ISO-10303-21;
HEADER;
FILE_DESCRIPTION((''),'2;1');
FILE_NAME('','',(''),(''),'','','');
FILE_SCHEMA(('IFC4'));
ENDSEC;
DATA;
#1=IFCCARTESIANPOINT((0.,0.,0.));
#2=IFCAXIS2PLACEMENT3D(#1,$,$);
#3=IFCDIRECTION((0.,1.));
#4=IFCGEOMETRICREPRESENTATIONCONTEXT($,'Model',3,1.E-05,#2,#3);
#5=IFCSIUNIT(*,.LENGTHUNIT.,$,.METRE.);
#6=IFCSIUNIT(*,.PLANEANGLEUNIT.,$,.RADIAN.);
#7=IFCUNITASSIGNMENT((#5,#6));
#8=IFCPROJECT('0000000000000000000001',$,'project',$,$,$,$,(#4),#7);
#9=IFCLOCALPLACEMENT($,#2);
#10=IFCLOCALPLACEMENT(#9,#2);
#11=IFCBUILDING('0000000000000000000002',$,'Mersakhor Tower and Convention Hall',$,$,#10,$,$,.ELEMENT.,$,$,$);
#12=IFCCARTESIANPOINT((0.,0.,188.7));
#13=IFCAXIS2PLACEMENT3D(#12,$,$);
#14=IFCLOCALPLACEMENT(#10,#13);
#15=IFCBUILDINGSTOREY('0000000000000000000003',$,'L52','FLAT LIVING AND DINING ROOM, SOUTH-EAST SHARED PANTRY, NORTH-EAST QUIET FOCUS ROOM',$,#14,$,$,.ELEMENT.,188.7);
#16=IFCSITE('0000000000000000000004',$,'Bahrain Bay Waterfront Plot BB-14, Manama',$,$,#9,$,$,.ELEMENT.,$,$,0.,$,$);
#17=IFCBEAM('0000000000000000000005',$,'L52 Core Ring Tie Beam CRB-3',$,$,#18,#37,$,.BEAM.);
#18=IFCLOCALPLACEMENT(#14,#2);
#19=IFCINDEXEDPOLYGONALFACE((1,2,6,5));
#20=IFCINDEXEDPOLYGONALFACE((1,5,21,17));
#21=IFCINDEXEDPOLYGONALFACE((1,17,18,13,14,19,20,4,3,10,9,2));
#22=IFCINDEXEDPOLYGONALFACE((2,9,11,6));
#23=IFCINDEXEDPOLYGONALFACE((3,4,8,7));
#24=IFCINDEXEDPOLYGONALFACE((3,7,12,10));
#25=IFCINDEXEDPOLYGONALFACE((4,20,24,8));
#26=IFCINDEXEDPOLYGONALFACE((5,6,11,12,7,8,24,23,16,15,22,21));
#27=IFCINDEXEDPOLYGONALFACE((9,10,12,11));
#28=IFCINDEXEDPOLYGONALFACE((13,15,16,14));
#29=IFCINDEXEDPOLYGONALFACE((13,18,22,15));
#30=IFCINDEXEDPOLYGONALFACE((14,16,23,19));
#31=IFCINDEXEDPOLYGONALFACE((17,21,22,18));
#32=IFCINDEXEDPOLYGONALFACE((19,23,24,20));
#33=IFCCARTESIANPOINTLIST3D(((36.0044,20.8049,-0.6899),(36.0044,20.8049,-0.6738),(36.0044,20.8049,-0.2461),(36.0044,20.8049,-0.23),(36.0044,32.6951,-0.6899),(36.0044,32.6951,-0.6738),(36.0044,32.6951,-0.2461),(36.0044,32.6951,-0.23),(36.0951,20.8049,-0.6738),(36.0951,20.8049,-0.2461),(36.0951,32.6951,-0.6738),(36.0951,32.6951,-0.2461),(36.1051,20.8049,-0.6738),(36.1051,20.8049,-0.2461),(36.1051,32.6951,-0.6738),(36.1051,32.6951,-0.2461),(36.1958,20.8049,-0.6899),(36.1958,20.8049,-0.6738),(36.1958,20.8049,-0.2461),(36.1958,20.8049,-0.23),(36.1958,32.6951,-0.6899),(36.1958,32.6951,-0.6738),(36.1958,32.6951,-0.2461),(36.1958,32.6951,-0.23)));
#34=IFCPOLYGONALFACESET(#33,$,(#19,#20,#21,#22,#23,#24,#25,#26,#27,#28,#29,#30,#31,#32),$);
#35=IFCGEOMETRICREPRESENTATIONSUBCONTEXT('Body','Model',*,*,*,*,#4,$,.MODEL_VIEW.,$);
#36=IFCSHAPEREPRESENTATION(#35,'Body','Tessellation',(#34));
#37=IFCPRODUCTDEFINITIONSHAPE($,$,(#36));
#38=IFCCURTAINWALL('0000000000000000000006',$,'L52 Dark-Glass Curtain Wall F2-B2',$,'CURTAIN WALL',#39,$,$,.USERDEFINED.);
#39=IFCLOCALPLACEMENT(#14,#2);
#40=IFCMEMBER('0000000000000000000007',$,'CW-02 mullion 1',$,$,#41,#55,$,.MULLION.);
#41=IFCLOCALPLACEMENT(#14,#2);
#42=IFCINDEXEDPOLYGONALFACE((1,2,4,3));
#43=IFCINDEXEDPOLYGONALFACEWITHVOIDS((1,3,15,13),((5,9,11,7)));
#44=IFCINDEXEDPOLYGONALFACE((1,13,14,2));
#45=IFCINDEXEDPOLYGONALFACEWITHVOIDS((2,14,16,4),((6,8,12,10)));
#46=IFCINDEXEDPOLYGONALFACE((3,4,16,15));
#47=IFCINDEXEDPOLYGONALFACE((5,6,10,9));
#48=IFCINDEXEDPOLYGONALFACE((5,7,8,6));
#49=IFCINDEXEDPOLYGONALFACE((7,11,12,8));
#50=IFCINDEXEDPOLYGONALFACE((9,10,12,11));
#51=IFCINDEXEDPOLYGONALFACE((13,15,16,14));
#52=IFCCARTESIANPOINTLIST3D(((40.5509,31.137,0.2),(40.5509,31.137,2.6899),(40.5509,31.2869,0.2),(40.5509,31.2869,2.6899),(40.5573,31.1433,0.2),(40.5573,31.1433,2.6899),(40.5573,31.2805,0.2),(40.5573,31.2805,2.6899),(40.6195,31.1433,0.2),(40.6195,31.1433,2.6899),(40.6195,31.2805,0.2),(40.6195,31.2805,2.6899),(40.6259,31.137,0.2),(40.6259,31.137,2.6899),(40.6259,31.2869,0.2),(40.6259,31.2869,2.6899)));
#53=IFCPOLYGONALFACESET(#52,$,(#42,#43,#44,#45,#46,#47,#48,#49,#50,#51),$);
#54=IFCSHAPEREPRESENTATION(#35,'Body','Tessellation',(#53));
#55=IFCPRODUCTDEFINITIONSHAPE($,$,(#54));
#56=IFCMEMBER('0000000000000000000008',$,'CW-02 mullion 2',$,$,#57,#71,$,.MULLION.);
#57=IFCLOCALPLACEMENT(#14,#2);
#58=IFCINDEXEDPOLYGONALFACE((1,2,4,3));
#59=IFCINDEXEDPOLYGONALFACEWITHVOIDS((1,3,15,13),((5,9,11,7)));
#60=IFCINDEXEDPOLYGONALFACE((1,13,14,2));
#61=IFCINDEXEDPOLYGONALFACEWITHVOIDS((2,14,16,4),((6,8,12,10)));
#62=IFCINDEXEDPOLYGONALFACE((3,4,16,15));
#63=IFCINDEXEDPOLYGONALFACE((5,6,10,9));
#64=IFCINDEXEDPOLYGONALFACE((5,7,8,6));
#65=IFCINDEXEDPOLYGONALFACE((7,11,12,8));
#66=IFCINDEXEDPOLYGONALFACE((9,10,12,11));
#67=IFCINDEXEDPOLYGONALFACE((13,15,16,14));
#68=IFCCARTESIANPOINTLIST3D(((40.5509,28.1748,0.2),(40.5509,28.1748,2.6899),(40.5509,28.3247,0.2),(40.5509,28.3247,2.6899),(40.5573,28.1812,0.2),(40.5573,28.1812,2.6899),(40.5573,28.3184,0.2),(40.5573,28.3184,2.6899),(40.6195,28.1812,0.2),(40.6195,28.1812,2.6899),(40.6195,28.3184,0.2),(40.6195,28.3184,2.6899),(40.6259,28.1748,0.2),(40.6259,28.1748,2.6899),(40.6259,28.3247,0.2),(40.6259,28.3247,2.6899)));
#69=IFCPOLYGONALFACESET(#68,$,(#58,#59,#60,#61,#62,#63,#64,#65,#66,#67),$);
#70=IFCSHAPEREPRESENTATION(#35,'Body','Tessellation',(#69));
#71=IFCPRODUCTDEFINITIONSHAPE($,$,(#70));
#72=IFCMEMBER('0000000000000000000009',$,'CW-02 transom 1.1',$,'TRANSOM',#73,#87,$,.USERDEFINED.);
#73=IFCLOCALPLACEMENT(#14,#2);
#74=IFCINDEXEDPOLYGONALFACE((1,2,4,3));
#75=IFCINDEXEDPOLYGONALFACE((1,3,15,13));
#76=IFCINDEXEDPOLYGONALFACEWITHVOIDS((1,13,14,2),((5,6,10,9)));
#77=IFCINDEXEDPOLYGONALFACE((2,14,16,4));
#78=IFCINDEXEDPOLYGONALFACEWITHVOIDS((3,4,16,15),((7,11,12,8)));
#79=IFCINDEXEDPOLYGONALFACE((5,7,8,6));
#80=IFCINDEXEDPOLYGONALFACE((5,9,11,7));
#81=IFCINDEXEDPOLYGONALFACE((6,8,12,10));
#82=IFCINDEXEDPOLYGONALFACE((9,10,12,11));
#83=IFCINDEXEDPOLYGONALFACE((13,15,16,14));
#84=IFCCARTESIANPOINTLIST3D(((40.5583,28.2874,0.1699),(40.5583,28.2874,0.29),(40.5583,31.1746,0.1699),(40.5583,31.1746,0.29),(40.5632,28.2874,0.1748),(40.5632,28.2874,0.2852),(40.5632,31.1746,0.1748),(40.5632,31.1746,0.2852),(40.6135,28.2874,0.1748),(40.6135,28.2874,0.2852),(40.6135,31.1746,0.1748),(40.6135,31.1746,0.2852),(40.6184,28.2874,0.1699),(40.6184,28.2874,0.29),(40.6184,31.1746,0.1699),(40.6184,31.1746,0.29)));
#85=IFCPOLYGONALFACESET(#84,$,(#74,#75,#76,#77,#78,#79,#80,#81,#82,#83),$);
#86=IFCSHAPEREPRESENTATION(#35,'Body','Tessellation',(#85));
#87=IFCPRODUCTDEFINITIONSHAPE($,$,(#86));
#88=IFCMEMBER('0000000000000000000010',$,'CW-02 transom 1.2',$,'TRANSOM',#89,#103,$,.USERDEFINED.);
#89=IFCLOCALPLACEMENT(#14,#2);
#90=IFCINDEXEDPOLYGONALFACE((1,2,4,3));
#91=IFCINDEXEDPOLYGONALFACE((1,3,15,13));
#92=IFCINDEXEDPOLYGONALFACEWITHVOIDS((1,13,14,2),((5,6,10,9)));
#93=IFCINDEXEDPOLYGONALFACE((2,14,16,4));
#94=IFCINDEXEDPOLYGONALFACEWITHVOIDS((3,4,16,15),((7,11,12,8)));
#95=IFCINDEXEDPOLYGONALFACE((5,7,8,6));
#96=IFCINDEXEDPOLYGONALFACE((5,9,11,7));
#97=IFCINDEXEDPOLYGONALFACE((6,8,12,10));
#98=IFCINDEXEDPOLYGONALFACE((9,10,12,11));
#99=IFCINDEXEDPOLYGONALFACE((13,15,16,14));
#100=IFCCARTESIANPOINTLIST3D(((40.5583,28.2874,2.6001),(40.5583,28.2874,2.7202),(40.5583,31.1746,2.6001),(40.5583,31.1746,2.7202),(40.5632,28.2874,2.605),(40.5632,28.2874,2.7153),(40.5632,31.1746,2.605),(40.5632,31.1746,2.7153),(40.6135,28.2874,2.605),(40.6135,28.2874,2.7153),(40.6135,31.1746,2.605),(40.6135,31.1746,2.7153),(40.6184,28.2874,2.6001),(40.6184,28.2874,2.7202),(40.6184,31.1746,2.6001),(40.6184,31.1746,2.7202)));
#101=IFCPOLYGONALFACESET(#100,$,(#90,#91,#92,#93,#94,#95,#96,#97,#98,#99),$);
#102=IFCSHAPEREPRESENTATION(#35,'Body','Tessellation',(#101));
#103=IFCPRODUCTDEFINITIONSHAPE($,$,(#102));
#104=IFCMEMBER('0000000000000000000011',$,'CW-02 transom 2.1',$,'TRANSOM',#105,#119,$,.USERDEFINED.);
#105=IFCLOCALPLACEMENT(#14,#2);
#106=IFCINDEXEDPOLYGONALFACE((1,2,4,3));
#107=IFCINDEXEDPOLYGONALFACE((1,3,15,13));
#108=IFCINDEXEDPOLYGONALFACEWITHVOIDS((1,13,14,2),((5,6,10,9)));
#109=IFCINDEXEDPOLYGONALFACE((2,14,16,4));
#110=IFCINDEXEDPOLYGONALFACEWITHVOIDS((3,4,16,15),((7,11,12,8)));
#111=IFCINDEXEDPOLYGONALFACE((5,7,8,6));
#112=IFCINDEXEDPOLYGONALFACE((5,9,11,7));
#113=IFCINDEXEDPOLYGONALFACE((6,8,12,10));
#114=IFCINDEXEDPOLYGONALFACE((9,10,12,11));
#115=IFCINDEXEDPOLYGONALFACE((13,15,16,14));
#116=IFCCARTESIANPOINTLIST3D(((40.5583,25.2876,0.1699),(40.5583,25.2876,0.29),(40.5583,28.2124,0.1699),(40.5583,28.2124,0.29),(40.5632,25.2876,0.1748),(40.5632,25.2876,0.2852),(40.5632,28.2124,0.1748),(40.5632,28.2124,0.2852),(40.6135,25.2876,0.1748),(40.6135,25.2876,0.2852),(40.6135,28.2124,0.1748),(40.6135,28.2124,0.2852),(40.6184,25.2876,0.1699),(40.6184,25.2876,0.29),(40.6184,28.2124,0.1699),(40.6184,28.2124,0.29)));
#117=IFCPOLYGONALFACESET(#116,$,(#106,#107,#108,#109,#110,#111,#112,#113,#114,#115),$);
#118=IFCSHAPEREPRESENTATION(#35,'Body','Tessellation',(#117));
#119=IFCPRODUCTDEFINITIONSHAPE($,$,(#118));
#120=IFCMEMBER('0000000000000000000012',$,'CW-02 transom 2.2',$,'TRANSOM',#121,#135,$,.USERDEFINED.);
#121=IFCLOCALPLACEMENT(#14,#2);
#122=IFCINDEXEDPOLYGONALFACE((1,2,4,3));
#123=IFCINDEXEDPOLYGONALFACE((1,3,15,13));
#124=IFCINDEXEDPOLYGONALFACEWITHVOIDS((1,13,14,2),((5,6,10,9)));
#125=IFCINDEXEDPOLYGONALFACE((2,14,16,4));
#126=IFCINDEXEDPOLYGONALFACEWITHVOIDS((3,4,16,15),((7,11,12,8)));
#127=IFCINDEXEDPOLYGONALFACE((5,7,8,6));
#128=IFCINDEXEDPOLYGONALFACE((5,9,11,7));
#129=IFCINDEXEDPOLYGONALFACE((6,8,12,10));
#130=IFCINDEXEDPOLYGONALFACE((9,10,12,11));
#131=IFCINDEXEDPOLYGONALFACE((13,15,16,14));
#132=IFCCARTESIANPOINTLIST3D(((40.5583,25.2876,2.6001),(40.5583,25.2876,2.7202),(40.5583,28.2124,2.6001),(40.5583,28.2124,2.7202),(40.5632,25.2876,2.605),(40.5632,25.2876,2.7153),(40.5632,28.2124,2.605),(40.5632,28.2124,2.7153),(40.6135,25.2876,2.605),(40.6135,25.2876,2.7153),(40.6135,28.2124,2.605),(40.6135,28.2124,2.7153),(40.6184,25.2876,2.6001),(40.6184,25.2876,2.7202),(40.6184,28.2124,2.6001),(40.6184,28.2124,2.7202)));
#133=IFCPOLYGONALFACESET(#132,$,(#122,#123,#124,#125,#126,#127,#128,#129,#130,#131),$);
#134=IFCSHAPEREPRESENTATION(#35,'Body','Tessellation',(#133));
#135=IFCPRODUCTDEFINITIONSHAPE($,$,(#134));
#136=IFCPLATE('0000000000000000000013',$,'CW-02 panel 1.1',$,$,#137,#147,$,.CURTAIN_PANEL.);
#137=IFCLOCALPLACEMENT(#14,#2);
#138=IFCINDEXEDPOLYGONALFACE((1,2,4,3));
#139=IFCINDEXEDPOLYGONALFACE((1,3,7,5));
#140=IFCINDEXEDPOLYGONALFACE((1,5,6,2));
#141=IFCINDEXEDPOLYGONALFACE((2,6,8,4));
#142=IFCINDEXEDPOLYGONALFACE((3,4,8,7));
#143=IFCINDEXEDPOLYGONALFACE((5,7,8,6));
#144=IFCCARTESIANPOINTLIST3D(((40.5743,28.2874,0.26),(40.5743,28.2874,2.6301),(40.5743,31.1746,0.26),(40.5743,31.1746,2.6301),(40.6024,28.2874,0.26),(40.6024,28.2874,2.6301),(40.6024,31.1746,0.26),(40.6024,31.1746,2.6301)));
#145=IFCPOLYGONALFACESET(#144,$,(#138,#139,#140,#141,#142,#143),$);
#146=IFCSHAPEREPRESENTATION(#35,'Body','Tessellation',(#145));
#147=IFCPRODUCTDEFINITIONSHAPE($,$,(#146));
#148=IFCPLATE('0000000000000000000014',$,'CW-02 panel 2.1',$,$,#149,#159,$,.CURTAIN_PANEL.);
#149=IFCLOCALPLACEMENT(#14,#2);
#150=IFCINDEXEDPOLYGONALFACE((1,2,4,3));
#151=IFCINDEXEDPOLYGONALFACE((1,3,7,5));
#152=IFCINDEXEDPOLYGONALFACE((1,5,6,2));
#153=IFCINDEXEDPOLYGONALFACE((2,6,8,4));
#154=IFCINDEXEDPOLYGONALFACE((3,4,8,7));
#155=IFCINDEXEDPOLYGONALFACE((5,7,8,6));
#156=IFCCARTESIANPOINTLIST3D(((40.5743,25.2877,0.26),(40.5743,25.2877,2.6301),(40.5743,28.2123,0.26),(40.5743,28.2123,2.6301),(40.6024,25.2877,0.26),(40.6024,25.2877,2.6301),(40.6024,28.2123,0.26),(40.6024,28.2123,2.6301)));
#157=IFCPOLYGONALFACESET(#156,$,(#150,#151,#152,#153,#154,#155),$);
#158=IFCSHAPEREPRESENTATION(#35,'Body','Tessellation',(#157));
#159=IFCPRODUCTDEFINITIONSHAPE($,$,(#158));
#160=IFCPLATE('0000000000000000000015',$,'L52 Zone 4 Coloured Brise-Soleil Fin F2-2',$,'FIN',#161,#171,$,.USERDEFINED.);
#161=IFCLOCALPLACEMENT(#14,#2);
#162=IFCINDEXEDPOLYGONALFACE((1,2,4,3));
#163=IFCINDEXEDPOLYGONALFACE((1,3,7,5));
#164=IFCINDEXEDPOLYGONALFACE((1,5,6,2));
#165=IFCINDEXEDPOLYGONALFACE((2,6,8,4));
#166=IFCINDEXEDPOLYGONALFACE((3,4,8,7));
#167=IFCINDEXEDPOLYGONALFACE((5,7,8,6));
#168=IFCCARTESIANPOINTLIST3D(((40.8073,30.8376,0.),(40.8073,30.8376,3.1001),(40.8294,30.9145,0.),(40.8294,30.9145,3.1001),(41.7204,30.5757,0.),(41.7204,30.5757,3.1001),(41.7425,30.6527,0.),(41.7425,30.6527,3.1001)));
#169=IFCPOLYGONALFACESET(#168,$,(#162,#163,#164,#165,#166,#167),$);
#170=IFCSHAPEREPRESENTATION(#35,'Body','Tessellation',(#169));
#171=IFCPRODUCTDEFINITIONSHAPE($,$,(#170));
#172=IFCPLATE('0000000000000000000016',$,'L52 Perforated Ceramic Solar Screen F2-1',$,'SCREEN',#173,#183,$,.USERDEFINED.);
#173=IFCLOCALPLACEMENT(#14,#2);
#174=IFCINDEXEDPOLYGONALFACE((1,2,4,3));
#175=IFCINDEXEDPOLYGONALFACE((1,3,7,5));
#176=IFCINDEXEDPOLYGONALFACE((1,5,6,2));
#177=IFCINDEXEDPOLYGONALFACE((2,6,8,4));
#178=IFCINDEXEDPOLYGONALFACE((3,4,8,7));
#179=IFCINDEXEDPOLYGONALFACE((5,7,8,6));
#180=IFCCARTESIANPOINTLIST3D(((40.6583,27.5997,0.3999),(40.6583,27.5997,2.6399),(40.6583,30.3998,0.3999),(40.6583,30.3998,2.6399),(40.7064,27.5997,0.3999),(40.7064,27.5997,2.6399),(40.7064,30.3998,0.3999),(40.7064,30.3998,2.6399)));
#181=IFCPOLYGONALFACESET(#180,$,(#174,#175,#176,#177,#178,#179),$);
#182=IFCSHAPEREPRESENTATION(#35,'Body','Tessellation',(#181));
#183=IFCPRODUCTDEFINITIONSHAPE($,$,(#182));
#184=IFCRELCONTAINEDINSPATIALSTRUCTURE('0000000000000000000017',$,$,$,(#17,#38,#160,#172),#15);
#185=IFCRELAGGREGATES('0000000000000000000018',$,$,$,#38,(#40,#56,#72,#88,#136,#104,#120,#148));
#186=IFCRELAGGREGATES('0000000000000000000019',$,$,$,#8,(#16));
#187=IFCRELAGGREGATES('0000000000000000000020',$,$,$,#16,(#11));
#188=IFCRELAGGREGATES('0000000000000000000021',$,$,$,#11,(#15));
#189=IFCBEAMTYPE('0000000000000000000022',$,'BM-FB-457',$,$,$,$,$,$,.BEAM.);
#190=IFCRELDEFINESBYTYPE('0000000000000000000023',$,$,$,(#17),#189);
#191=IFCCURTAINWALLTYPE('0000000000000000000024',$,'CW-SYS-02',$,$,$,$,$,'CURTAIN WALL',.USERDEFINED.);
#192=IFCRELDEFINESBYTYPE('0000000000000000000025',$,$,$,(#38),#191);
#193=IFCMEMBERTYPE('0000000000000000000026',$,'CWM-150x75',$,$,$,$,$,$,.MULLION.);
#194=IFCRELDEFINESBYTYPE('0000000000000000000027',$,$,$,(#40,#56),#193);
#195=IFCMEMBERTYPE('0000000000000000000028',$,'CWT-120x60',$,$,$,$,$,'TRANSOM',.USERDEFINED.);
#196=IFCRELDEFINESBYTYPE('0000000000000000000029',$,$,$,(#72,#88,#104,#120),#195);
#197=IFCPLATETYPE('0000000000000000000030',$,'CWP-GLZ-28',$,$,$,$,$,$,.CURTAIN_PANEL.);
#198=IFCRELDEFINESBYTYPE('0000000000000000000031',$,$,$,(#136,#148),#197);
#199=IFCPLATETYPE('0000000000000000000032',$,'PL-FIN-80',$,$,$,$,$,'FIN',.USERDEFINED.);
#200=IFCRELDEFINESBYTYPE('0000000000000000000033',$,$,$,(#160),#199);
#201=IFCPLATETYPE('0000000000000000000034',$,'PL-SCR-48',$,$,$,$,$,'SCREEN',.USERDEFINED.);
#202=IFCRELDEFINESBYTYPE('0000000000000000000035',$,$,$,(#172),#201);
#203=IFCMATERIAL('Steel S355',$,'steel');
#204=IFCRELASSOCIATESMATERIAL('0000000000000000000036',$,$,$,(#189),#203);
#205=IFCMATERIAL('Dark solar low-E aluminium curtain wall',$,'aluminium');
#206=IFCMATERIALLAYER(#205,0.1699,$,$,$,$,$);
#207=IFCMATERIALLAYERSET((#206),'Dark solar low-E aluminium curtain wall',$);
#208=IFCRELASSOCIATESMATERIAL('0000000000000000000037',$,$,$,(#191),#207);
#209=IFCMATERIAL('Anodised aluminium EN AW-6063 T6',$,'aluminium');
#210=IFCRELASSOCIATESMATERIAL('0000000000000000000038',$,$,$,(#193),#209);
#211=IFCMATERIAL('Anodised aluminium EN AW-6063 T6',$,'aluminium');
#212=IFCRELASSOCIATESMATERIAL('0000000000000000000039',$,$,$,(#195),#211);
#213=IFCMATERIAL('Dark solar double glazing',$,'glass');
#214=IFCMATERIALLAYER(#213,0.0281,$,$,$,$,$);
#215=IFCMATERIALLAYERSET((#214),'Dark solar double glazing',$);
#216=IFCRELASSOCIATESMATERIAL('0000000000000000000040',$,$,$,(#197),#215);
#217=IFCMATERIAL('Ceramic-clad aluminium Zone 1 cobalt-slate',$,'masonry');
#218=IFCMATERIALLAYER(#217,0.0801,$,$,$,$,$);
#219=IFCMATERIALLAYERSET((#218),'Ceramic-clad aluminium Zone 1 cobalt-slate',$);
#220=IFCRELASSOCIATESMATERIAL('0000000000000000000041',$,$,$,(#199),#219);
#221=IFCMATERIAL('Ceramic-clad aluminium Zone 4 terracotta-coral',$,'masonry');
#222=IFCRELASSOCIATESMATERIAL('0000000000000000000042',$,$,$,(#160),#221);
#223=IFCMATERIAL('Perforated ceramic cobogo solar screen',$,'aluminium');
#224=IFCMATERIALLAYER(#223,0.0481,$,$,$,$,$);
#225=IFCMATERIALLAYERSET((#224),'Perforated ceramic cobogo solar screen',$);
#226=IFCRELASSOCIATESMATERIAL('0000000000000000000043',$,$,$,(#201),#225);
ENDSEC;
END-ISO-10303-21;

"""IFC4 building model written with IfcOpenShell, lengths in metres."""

from ifc_helpers import new_model, si_unit, direction, frame, origin, origin_2d, place, context, subcontext, project, spatial, rectangle, hollow_rectangle, i_section, extrude, material, layer, layer_set, material_profile, profile_set, type_object, element, aggregate, save


model = new_model("IFC4")

# Units and contexts
model_context = context("Model", 3, precision=1e-05, world=origin(), true_north=direction((0.0, 1.0)))
body_context = subcontext(model_context, "Body", "Model", "MODEL_VIEW")
ifc_project = project(units=[si_unit("LENGTHUNIT", "METRE"), si_unit("PLANEANGLEUNIT", "RADIAN")], contexts=[model_context])

# Site, building, storey
site_placement = place(None, origin())
site = spatial("IfcSite", under=ifc_project, at=site_placement, Name="Bahrain Bay Waterfront Plot BB-14, Manama", CompositionType="ELEMENT", RefElevation=0.0)
building_placement = place(site_placement, origin())
building = spatial("IfcBuilding", under=site, at=building_placement, Name="Mersakhor Tower and Convention Hall", CompositionType="ELEMENT")
storey_placement = place(building_placement, frame((0.0, 0.0, 188.7)))
storey = spatial("IfcBuildingStorey", under=building, at=storey_placement, Name="L52", Description="FLAT LIVING AND DINING ROOM, SOUTH-EAST SHARED PANTRY, NORTH-EAST QUIET FOCUS ROOM", CompositionType="ELEMENT", Elevation=188.7)

# Beam
ifc_material_1 = material(Name="Steel S355", Category="steel")
ifc_material_profile_1 = material_profile(ifc_material_1, i_section(OverallWidth=0.1914, OverallDepth=0.46, WebThickness=0.01, FlangeThickness=0.0161, at=origin_2d()), Name="UB 457x191x82")
ifc_profile_set_1 = profile_set([ifc_material_profile_1], Name="Steel S355")
beam_type = type_object("IfcBeamType", Name="BM-FB-457", PredefinedType="BEAM", material=ifc_profile_set_1)
beam_placement = place(storey_placement, frame((36.1001, 32.6951, -0.46), z_axis=(0.0, -1.0, 0.0), x_axis=(1.0, 0.0, 0.0)))
element("IfcBeam", 1, at=beam_placement, inside=storey, type_object=beam_type, Name="L52 Core Ring Tie Beam CRB-3", PredefinedType="BEAM", context=body_context, shape_type="SweptSolid", body=[
    extrude(i_section(OverallWidth=0.1914, OverallDepth=0.46, WebThickness=0.01, FlangeThickness=0.0161, at=origin_2d()), origin(), (0.0, 0.0, 1.0), 11.8901),
])

# Curtain wall, members, plates
ifc_material_2 = material(Name="Dark solar low-E aluminium curtain wall", Category="aluminium")
ifc_layer_1 = layer(ifc_material_2, 0.1699)
ifc_layer_set_1 = layer_set([ifc_layer_1], Name="Dark solar low-E aluminium curtain wall")
curtain_wall_type = type_object("IfcCurtainWallType", Name="CW-SYS-02", ElementType="CURTAIN WALL", PredefinedType="USERDEFINED", material=ifc_layer_set_1)
curtain_wall_placement = place(storey_placement, origin())
curtain_wall = element("IfcCurtainWall", 2, at=curtain_wall_placement, inside=storey, type_object=curtain_wall_type, Name="L52 Dark-Glass Curtain Wall F2-B2", ObjectType="CURTAIN WALL", PredefinedType="USERDEFINED")
ifc_material_3 = material(Name="Anodised aluminium EN AW-6063 T6", Category="aluminium")
ifc_material_profile_2 = material_profile(ifc_material_3, hollow_rectangle(XDim=0.075, YDim=0.1499, WallThickness=0.0063, at=origin_2d()), Name="RHS 150x75x6.3")
ifc_profile_set_2 = profile_set([ifc_material_profile_2], Name="Anodised aluminium EN AW-6063 T6")
member_type_1 = type_object("IfcMemberType", Name="CWM-150x75", PredefinedType="MULLION", material=ifc_profile_set_2)
member_1_placement = place(storey_placement, frame((40.5884, 31.2119, 0.2), z_axis=(0.0, 0.0, 1.0), x_axis=(1.0, 0.0, 0.0)))
member_1 = element("IfcMember", 3, at=member_1_placement, type_object=member_type_1, Name="CW-02 mullion 1", PredefinedType="MULLION", context=body_context, shape_type="SweptSolid", body=[
    extrude(hollow_rectangle(XDim=0.075, YDim=0.1499, WallThickness=0.0063, at=origin_2d()), origin(), (0.0, 0.0, 1.0), 2.49),
])
member_2_placement = place(storey_placement, frame((40.5884, 28.2498, 0.2), z_axis=(0.0, 0.0, 1.0), x_axis=(1.0, 0.0, 0.0)))
member_2 = element("IfcMember", 4, at=member_2_placement, type_object=member_type_1, Name="CW-02 mullion 2", PredefinedType="MULLION", context=body_context, shape_type="SweptSolid", body=[
    extrude(hollow_rectangle(XDim=0.075, YDim=0.1499, WallThickness=0.0063, at=origin_2d()), origin(), (0.0, 0.0, 1.0), 2.49),
])
ifc_material_4 = material(Name="Anodised aluminium EN AW-6063 T6", Category="aluminium")
ifc_material_profile_3 = material_profile(ifc_material_4, hollow_rectangle(XDim=0.0601, YDim=0.1201, WallThickness=0.0049, at=origin_2d()), Name="RHS 120x60x5")
ifc_profile_set_3 = profile_set([ifc_material_profile_3], Name="Anodised aluminium EN AW-6063 T6")
member_type_2 = type_object("IfcMemberType", Name="CWT-120x60", ElementType="TRANSOM", PredefinedType="USERDEFINED", material=ifc_profile_set_3)
member_3_placement = place(storey_placement, frame((40.5884, 31.1746, 0.23), z_axis=(0.0, -1.0, 0.0), x_axis=(1.0, 0.0, 0.0)))
member_3 = element("IfcMember", 5, at=member_3_placement, type_object=member_type_2, Name="CW-02 transom 1.1", ObjectType="TRANSOM", PredefinedType="USERDEFINED", context=body_context, shape_type="SweptSolid", body=[
    extrude(hollow_rectangle(XDim=0.0601, YDim=0.1201, WallThickness=0.0049, at=origin_2d()), origin(), (0.0, 0.0, 1.0), 2.8872),
])
member_4_placement = place(storey_placement, frame((40.5884, 31.1746, 2.6602), z_axis=(0.0, -1.0, 0.0), x_axis=(1.0, 0.0, 0.0)))
member_4 = element("IfcMember", 6, at=member_4_placement, type_object=member_type_2, Name="CW-02 transom 1.2", ObjectType="TRANSOM", PredefinedType="USERDEFINED", context=body_context, shape_type="SweptSolid", body=[
    extrude(hollow_rectangle(XDim=0.0601, YDim=0.1201, WallThickness=0.0049, at=origin_2d()), origin(), (0.0, 0.0, 1.0), 2.8872),
])
member_5_placement = place(storey_placement, frame((40.5884, 28.2124, 0.23), z_axis=(0.0, -1.0, 0.0), x_axis=(1.0, 0.0, 0.0)))
member_5 = element("IfcMember", 7, at=member_5_placement, type_object=member_type_2, Name="CW-02 transom 2.1", ObjectType="TRANSOM", PredefinedType="USERDEFINED", context=body_context, shape_type="SweptSolid", body=[
    extrude(hollow_rectangle(XDim=0.0601, YDim=0.1201, WallThickness=0.0049, at=origin_2d()), origin(), (0.0, 0.0, 1.0), 2.9248),
])
member_6_placement = place(storey_placement, frame((40.5884, 28.2124, 2.6602), z_axis=(0.0, -1.0, 0.0), x_axis=(1.0, 0.0, 0.0)))
member_6 = element("IfcMember", 8, at=member_6_placement, type_object=member_type_2, Name="CW-02 transom 2.2", ObjectType="TRANSOM", PredefinedType="USERDEFINED", context=body_context, shape_type="SweptSolid", body=[
    extrude(hollow_rectangle(XDim=0.0601, YDim=0.1201, WallThickness=0.0049, at=origin_2d()), origin(), (0.0, 0.0, 1.0), 2.9248),
])
ifc_material_5 = material(Name="Dark solar double glazing", Category="glass")
ifc_layer_2 = layer(ifc_material_5, 0.0281)
ifc_layer_set_2 = layer_set([ifc_layer_2], Name="Dark solar double glazing")
plate_type_1 = type_object("IfcPlateType", Name="CWP-GLZ-28", PredefinedType="CURTAIN_PANEL", material=ifc_layer_set_2)
plate_1_placement = place(storey_placement, frame((40.5884, 29.731, 0.26), z_axis=(0.0, 0.0, 1.0), x_axis=(0.0, -1.0, 0.0)))
plate_1 = element("IfcPlate", 9, at=plate_1_placement, type_object=plate_type_1, Name="CW-02 panel 1.1", PredefinedType="CURTAIN_PANEL", context=body_context, shape_type="SweptSolid", body=[
    extrude(rectangle(XDim=2.8872, YDim=0.0281, at=origin_2d()), origin(), (0.0, 0.0, 1.0), 2.3701),
])
plate_2_placement = place(storey_placement, frame((40.5884, 26.75, 0.26), z_axis=(0.0, 0.0, 1.0), x_axis=(0.0, -1.0, 0.0)))
plate_2 = element("IfcPlate", 10, at=plate_2_placement, type_object=plate_type_1, Name="CW-02 panel 2.1", PredefinedType="CURTAIN_PANEL", context=body_context, shape_type="SweptSolid", body=[
    extrude(rectangle(XDim=2.9246, YDim=0.0281, at=origin_2d()), origin(), (0.0, 0.0, 1.0), 2.3701),
])
aggregate(curtain_wall, [member_1, member_2, member_3, member_4, plate_1, member_5, member_6, plate_2])

# Plates
ifc_material_6 = material(Name="Ceramic-clad aluminium Zone 4 terracotta-coral", Category="masonry")
ifc_material_7 = material(Name="Ceramic-clad aluminium Zone 1 cobalt-slate", Category="masonry")
ifc_layer_3 = layer(ifc_material_7, 0.0801)
ifc_layer_set_3 = layer_set([ifc_layer_3], Name="Ceramic-clad aluminium Zone 1 cobalt-slate")
plate_type_2 = type_object("IfcPlateType", Name="PL-FIN-80", ElementType="FIN", PredefinedType="USERDEFINED", material=ifc_layer_set_3)
plate_3_placement = place(storey_placement, frame((41.2749, 30.7451, 0.0), z_axis=(0.0, 0.0, 1.0), x_axis=(0.961262, -0.275637, 0.0)))
element("IfcPlate", 11, at=plate_3_placement, inside=storey, type_object=plate_type_2, material=ifc_material_6, Name="L52 Zone 4 Coloured Brise-Soleil Fin F2-2", ObjectType="FIN", PredefinedType="USERDEFINED", context=body_context, shape_type="SweptSolid", body=[
    extrude(rectangle(XDim=0.95, YDim=0.0801, at=origin_2d()), origin(), (0.0, 0.0, 1.0), 3.1001),
])
ifc_material_8 = material(Name="Perforated ceramic cobogo solar screen", Category="aluminium")
ifc_layer_4 = layer(ifc_material_8, 0.0481)
ifc_layer_set_4 = layer_set([ifc_layer_4], Name="Perforated ceramic cobogo solar screen")
plate_type_3 = type_object("IfcPlateType", Name="PL-SCR-48", ElementType="SCREEN", PredefinedType="USERDEFINED", material=ifc_layer_set_4)
plate_4_placement = place(storey_placement, frame((40.6824, 28.9998, 0.3999), z_axis=(0.0, 0.0, 1.0), x_axis=(0.0, -1.0, 0.0)))
element("IfcPlate", 12, at=plate_4_placement, inside=storey, type_object=plate_type_3, Name="L52 Perforated Ceramic Solar Screen F2-1", ObjectType="SCREEN", PredefinedType="USERDEFINED", context=body_context, shape_type="SweptSolid", body=[
    extrude(rectangle(XDim=2.8, YDim=0.0481, at=origin_2d()), origin(), (0.0, 0.0, 1.0), 2.24),
])

save(model, "model.ifc")
